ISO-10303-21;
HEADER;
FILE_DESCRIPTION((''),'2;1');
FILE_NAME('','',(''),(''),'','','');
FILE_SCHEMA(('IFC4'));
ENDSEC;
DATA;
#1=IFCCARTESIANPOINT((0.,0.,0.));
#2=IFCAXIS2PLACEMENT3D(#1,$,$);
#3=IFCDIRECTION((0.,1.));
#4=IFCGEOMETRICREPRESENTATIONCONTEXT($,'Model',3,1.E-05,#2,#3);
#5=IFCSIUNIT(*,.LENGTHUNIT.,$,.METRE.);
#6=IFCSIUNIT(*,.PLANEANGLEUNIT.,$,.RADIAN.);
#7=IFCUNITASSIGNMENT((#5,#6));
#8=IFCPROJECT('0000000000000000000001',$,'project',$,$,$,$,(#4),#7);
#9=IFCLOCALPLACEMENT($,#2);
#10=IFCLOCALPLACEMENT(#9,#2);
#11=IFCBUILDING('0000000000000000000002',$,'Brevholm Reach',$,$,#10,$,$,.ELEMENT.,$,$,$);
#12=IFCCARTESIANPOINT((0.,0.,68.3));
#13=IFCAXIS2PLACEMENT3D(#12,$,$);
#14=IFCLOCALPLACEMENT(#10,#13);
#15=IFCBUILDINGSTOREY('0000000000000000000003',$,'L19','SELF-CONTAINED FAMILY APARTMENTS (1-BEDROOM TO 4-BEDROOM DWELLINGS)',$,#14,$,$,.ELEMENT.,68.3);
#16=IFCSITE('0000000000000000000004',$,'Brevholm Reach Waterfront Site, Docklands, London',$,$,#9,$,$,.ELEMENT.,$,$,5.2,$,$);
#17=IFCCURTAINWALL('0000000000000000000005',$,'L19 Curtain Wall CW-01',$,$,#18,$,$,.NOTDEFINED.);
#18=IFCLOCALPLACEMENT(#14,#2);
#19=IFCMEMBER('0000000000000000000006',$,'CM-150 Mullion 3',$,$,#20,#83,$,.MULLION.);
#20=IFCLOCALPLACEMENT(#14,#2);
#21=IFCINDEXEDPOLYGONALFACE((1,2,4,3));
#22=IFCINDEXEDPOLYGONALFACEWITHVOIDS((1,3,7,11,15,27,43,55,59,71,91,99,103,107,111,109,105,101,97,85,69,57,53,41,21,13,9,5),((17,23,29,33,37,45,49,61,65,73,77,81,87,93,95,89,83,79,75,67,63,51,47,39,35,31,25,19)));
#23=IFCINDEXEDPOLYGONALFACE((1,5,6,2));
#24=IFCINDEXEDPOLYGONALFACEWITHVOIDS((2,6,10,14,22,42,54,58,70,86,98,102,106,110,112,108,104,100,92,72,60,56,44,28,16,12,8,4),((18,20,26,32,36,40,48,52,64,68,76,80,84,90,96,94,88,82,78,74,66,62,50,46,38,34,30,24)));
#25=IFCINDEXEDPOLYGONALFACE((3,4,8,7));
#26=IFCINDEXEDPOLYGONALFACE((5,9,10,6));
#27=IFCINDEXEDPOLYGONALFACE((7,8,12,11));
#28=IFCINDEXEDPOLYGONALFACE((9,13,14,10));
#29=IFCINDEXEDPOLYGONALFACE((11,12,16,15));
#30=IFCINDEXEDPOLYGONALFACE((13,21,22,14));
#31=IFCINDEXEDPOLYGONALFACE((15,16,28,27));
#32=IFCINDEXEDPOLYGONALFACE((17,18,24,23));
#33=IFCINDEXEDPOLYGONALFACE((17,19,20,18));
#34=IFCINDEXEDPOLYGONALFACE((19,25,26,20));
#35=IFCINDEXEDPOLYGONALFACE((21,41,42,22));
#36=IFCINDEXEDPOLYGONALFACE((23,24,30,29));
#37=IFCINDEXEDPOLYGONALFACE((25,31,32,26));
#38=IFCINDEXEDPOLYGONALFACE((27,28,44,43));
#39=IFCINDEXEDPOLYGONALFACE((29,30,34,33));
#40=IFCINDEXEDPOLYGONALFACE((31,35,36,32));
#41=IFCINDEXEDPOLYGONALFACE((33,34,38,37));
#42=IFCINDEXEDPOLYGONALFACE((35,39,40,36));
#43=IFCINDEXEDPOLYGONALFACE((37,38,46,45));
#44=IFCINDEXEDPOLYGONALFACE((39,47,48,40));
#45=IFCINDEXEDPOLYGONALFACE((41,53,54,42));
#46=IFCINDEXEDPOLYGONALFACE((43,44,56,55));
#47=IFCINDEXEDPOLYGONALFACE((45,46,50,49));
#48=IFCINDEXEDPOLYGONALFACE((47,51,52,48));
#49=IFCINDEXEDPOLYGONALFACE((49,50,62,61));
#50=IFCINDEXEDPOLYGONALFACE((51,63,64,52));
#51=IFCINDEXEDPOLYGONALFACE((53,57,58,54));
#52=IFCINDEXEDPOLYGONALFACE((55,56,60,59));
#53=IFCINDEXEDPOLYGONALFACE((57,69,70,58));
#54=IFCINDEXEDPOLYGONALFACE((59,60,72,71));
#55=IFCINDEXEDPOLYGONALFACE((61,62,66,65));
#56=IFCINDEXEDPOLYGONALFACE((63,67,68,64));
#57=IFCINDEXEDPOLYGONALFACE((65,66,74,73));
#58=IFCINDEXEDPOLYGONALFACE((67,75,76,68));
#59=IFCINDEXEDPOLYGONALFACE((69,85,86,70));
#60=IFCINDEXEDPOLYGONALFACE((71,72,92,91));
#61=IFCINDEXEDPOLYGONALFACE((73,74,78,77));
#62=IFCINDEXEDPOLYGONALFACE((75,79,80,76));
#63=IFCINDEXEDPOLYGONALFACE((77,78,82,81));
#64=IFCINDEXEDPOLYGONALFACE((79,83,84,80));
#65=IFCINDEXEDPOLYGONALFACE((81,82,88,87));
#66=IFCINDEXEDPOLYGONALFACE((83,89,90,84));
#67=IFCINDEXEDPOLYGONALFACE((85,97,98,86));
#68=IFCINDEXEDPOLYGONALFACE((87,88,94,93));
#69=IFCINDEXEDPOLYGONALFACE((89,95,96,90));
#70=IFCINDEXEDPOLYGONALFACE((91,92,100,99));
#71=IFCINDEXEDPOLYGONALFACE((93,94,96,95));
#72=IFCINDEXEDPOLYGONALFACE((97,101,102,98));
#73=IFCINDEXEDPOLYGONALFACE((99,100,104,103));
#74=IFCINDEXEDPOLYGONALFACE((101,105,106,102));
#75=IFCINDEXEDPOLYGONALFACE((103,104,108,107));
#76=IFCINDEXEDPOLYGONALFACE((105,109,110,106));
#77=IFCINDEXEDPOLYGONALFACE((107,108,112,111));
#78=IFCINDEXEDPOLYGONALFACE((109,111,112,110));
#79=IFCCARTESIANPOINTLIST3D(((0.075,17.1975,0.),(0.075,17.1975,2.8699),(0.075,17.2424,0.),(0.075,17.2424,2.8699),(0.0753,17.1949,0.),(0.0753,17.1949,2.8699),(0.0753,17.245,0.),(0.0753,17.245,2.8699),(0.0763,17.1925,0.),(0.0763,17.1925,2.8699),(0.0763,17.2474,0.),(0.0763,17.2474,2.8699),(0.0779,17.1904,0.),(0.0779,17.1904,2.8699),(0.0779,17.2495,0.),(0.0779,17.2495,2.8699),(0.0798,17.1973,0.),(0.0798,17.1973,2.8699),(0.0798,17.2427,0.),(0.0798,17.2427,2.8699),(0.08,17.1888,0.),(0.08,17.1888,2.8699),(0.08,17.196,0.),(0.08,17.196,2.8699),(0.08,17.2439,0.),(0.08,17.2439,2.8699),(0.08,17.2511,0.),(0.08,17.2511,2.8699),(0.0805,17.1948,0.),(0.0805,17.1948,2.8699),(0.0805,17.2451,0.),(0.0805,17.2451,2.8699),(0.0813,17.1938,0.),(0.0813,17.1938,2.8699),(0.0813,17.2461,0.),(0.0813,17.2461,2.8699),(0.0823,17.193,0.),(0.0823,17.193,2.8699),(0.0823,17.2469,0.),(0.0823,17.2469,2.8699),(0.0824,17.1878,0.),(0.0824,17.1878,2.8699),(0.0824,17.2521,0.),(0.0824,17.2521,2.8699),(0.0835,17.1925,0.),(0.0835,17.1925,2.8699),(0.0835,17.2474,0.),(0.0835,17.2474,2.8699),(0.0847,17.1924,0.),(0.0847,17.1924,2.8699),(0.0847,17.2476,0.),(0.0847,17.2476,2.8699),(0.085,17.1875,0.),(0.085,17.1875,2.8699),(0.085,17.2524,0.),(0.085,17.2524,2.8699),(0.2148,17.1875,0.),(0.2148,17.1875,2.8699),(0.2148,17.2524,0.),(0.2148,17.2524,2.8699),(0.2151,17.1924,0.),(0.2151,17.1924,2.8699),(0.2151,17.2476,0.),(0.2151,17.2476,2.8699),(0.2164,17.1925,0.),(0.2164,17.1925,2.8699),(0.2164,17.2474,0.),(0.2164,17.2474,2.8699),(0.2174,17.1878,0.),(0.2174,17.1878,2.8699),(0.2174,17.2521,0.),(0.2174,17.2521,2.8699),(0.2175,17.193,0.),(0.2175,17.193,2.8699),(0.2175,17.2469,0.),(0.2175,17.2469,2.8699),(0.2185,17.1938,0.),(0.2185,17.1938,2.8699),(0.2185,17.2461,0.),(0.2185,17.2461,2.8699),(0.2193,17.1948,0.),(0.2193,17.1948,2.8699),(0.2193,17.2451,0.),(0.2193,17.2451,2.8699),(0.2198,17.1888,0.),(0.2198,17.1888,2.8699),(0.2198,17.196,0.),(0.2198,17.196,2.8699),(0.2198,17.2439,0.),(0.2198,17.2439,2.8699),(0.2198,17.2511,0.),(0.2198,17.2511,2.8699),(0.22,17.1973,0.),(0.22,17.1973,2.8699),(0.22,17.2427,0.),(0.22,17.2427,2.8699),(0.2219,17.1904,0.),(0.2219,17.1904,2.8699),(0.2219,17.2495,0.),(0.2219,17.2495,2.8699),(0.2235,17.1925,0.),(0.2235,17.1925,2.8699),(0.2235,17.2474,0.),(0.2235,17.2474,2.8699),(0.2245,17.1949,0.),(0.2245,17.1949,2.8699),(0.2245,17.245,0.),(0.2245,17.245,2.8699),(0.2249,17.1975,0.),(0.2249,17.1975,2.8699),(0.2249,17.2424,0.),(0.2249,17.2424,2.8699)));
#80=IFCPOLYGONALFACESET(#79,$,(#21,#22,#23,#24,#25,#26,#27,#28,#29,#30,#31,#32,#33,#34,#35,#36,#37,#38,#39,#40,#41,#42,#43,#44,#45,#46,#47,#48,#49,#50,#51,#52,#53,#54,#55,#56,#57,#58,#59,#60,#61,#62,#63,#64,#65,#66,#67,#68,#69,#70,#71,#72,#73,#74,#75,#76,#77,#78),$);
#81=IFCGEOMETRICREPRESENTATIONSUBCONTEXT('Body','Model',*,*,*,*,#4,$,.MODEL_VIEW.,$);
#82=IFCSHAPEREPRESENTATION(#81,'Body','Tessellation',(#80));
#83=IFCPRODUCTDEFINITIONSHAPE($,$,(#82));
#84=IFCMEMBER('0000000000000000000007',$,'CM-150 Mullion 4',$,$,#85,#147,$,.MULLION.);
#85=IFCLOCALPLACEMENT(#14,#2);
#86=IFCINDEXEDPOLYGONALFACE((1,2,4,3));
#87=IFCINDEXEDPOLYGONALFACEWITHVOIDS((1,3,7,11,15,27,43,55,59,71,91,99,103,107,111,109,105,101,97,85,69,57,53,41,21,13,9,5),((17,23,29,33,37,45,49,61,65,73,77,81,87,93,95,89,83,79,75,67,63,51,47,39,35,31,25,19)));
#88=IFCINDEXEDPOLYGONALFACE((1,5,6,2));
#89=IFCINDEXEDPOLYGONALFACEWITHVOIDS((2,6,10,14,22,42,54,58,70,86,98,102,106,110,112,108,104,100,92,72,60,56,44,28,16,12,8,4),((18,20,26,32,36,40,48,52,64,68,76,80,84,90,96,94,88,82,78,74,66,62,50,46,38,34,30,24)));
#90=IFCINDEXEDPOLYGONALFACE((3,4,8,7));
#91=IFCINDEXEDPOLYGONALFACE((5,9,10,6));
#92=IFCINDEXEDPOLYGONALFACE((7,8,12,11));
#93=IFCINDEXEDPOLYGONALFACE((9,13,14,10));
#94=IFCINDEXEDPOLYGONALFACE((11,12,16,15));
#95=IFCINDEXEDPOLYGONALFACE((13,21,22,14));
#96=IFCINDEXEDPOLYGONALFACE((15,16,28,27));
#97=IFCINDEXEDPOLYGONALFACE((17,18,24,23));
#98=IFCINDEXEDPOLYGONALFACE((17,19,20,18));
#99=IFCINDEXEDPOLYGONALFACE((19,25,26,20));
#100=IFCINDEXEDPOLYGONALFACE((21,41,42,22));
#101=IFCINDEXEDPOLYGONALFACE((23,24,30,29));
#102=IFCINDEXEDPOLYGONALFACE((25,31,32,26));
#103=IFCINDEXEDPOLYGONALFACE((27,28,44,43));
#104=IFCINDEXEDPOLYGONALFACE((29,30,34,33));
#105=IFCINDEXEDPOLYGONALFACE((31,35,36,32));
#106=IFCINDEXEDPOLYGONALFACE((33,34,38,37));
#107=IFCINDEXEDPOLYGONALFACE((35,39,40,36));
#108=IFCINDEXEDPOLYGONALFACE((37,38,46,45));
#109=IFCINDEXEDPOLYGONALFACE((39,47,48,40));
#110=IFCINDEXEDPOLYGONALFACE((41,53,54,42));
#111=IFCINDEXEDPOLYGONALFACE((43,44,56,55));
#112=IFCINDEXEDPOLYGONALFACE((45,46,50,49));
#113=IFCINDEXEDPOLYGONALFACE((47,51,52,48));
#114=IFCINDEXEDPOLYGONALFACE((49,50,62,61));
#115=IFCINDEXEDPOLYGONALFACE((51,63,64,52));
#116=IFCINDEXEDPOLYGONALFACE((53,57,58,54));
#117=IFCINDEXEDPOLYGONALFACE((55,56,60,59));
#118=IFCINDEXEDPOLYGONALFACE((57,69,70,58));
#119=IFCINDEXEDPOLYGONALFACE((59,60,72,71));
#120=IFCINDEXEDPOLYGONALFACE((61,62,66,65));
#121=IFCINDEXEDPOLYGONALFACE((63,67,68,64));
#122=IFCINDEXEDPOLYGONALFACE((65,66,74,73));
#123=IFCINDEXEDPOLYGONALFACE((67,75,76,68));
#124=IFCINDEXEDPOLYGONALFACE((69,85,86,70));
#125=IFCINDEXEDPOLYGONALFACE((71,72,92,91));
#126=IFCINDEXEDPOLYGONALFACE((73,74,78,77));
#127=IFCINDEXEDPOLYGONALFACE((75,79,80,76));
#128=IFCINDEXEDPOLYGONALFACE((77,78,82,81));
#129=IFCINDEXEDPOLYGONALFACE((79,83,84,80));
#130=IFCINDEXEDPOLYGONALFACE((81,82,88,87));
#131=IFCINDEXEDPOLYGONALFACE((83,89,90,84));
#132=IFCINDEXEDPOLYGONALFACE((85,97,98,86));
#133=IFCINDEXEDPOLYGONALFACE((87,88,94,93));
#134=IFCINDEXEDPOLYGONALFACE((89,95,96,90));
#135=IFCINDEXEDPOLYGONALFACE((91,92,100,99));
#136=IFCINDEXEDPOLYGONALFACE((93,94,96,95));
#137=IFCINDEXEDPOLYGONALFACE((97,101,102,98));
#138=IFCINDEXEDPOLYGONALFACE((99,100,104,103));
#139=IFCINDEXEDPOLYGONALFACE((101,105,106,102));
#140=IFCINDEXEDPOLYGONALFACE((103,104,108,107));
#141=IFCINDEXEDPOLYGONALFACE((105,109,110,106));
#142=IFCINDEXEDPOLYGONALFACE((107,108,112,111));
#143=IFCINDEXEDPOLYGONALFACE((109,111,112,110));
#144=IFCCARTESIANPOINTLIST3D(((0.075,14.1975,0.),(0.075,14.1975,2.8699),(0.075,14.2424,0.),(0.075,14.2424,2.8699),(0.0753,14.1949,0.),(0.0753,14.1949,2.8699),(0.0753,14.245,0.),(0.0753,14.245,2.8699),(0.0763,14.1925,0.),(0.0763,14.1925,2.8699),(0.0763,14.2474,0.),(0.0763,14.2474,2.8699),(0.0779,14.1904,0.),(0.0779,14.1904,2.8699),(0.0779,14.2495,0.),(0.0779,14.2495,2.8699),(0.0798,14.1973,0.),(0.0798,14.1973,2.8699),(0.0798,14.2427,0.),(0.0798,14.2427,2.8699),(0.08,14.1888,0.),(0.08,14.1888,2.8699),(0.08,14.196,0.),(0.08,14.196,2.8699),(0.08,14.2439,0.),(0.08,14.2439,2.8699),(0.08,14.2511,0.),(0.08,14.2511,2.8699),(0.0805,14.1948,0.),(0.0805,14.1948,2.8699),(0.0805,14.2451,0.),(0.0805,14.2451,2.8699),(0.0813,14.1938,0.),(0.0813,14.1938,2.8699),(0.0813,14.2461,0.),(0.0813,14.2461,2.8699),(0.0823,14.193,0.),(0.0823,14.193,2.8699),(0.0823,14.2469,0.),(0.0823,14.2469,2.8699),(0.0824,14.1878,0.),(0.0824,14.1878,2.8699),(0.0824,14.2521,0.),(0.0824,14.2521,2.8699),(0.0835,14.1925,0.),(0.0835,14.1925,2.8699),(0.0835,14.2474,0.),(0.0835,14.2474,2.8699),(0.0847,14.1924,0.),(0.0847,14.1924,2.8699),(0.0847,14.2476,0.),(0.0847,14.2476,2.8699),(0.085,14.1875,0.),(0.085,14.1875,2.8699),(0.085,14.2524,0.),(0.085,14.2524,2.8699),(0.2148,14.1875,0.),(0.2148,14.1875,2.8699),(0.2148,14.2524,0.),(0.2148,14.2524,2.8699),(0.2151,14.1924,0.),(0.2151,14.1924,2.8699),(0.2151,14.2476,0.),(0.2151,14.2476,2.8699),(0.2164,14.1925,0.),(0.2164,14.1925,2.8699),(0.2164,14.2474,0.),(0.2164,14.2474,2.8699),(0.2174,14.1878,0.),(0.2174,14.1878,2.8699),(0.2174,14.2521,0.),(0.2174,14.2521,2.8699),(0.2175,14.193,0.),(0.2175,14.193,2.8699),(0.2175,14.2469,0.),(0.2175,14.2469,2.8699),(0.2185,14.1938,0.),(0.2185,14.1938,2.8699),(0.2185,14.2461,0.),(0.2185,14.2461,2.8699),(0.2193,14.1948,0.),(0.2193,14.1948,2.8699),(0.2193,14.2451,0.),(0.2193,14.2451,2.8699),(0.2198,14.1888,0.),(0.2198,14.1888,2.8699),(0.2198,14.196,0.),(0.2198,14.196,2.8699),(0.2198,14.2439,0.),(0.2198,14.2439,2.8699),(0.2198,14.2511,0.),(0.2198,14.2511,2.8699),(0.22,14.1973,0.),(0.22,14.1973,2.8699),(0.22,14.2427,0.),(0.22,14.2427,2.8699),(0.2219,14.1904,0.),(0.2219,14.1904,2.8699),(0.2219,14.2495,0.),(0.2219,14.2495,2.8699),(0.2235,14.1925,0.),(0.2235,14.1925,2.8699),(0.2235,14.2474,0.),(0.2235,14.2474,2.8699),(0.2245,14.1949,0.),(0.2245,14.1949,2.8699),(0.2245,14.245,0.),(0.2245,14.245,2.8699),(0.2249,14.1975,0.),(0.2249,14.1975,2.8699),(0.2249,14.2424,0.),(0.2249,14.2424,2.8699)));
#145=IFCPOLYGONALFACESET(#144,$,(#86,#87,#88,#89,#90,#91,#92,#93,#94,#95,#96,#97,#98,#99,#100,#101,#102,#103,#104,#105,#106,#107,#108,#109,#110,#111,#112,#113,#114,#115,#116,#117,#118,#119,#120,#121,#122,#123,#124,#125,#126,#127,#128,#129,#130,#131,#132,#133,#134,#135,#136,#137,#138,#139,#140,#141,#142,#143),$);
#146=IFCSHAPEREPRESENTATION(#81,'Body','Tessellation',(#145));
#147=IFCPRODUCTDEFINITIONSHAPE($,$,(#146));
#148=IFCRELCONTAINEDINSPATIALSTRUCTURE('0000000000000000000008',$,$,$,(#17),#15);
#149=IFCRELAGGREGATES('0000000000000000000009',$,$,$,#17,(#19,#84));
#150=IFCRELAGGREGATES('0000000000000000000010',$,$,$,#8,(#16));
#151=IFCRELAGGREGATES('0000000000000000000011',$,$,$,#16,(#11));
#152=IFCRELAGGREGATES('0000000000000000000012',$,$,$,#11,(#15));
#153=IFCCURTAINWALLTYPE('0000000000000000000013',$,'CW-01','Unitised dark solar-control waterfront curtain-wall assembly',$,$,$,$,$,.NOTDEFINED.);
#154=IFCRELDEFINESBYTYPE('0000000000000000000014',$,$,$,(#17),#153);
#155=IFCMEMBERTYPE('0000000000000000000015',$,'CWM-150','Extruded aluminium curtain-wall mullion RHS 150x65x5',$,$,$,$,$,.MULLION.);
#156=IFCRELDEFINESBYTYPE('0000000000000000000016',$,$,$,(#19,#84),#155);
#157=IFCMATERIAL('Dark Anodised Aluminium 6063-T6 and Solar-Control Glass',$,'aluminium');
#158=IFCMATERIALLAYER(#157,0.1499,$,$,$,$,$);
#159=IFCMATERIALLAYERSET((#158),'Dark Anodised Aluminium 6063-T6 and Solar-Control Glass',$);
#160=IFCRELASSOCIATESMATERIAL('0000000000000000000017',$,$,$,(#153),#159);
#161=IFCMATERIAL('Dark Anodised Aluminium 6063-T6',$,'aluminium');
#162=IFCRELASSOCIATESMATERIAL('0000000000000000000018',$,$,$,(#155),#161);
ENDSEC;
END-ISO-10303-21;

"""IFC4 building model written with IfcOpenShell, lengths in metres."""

from ifc_helpers import new_model, si_unit, direction, frame, origin, origin_2d, place, context, subcontext, project, spatial, hollow_rectangle, extrude, material, layer, layer_set, material_profile, profile_set, type_object, element, aggregate, save


model = new_model("IFC4")

# Units and contexts
model_context = context("Model", 3, precision=1e-05, world=origin(), true_north=direction((0.0, 1.0)))
body_context = subcontext(model_context, "Body", "Model", "MODEL_VIEW")
ifc_project = project(units=[si_unit("LENGTHUNIT", "METRE"), si_unit("PLANEANGLEUNIT", "RADIAN")], contexts=[model_context])

# Site, building, storey
site_placement = place(None, origin())
site = spatial("IfcSite", under=ifc_project, at=site_placement, Name="Brevholm Reach Waterfront Site, Docklands, London", CompositionType="ELEMENT", RefElevation=5.2)
building_placement = place(site_placement, origin())
building = spatial("IfcBuilding", under=site, at=building_placement, Name="Brevholm Reach", CompositionType="ELEMENT")
storey_placement = place(building_placement, frame((0.0, 0.0, 68.3)))
storey = spatial("IfcBuildingStorey", under=building, at=storey_placement, Name="L19", Description="SELF-CONTAINED FAMILY APARTMENTS (1-BEDROOM TO 4-BEDROOM DWELLINGS)", CompositionType="ELEMENT", Elevation=68.3)

# Curtain wall, members
ifc_material_1 = material(Name="Dark Anodised Aluminium 6063-T6 and Solar-Control Glass", Category="aluminium")
ifc_layer_1 = layer(ifc_material_1, 0.1499)
ifc_layer_set_1 = layer_set([ifc_layer_1], Name="Dark Anodised Aluminium 6063-T6 and Solar-Control Glass")
curtain_wall_type = type_object("IfcCurtainWallType", Name="CW-01", Description="Unitised dark solar-control waterfront curtain-wall assembly", PredefinedType="NOTDEFINED", material=ifc_layer_set_1)
curtain_wall_placement = place(storey_placement, origin())
curtain_wall = element("IfcCurtainWall", 1, at=curtain_wall_placement, inside=storey, type_object=curtain_wall_type, Name="L19 Curtain Wall CW-01", PredefinedType="NOTDEFINED")
ifc_material_2 = material(Name="Dark Anodised Aluminium 6063-T6", Category="aluminium")
ifc_material_profile_1 = material_profile(ifc_material_2, hollow_rectangle(XDim=0.0649, YDim=0.1499, WallThickness=0.0049, InnerFilletRadius=0.0049, OuterFilletRadius=0.01, at=origin_2d()), Name="RHS 150x65x5")
ifc_profile_set_1 = profile_set([ifc_material_profile_1], Name="Dark Anodised Aluminium 6063-T6")
member_type_1 = type_object("IfcMemberType", Name="CWM-150", Description="Extruded aluminium curtain-wall mullion RHS 150x65x5", PredefinedType="MULLION", material=ifc_profile_set_1)
member_1_placement = place(storey_placement, frame((0.1499, 17.22, 0.0), z_axis=(0.0, 0.0, 1.0), x_axis=(0.0, -1.0, 0.0)))
member_1 = element("IfcMember", 2, at=member_1_placement, type_object=member_type_1, Name="CM-150 Mullion 3", PredefinedType="MULLION", context=body_context, shape_type="SweptSolid", body=[
    extrude(hollow_rectangle(XDim=0.0649, YDim=0.1499, WallThickness=0.0049, InnerFilletRadius=0.0049, OuterFilletRadius=0.01, at=origin_2d()), origin(), (0.0, 0.0, 1.0), 2.8699),
])
member_2_placement = place(storey_placement, frame((0.1499, 14.22, 0.0), z_axis=(0.0, 0.0, 1.0), x_axis=(0.0, -1.0, 0.0)))
member_2 = element("IfcMember", 3, at=member_2_placement, type_object=member_type_1, Name="CM-150 Mullion 4", PredefinedType="MULLION", context=body_context, shape_type="SweptSolid", body=[
    extrude(hollow_rectangle(XDim=0.0649, YDim=0.1499, WallThickness=0.0049, InnerFilletRadius=0.0049, OuterFilletRadius=0.01, at=origin_2d()), origin(), (0.0, 0.0, 1.0), 2.8699),
])
aggregate(curtain_wall, [member_1, member_2])

save(model, "model.ifc")
